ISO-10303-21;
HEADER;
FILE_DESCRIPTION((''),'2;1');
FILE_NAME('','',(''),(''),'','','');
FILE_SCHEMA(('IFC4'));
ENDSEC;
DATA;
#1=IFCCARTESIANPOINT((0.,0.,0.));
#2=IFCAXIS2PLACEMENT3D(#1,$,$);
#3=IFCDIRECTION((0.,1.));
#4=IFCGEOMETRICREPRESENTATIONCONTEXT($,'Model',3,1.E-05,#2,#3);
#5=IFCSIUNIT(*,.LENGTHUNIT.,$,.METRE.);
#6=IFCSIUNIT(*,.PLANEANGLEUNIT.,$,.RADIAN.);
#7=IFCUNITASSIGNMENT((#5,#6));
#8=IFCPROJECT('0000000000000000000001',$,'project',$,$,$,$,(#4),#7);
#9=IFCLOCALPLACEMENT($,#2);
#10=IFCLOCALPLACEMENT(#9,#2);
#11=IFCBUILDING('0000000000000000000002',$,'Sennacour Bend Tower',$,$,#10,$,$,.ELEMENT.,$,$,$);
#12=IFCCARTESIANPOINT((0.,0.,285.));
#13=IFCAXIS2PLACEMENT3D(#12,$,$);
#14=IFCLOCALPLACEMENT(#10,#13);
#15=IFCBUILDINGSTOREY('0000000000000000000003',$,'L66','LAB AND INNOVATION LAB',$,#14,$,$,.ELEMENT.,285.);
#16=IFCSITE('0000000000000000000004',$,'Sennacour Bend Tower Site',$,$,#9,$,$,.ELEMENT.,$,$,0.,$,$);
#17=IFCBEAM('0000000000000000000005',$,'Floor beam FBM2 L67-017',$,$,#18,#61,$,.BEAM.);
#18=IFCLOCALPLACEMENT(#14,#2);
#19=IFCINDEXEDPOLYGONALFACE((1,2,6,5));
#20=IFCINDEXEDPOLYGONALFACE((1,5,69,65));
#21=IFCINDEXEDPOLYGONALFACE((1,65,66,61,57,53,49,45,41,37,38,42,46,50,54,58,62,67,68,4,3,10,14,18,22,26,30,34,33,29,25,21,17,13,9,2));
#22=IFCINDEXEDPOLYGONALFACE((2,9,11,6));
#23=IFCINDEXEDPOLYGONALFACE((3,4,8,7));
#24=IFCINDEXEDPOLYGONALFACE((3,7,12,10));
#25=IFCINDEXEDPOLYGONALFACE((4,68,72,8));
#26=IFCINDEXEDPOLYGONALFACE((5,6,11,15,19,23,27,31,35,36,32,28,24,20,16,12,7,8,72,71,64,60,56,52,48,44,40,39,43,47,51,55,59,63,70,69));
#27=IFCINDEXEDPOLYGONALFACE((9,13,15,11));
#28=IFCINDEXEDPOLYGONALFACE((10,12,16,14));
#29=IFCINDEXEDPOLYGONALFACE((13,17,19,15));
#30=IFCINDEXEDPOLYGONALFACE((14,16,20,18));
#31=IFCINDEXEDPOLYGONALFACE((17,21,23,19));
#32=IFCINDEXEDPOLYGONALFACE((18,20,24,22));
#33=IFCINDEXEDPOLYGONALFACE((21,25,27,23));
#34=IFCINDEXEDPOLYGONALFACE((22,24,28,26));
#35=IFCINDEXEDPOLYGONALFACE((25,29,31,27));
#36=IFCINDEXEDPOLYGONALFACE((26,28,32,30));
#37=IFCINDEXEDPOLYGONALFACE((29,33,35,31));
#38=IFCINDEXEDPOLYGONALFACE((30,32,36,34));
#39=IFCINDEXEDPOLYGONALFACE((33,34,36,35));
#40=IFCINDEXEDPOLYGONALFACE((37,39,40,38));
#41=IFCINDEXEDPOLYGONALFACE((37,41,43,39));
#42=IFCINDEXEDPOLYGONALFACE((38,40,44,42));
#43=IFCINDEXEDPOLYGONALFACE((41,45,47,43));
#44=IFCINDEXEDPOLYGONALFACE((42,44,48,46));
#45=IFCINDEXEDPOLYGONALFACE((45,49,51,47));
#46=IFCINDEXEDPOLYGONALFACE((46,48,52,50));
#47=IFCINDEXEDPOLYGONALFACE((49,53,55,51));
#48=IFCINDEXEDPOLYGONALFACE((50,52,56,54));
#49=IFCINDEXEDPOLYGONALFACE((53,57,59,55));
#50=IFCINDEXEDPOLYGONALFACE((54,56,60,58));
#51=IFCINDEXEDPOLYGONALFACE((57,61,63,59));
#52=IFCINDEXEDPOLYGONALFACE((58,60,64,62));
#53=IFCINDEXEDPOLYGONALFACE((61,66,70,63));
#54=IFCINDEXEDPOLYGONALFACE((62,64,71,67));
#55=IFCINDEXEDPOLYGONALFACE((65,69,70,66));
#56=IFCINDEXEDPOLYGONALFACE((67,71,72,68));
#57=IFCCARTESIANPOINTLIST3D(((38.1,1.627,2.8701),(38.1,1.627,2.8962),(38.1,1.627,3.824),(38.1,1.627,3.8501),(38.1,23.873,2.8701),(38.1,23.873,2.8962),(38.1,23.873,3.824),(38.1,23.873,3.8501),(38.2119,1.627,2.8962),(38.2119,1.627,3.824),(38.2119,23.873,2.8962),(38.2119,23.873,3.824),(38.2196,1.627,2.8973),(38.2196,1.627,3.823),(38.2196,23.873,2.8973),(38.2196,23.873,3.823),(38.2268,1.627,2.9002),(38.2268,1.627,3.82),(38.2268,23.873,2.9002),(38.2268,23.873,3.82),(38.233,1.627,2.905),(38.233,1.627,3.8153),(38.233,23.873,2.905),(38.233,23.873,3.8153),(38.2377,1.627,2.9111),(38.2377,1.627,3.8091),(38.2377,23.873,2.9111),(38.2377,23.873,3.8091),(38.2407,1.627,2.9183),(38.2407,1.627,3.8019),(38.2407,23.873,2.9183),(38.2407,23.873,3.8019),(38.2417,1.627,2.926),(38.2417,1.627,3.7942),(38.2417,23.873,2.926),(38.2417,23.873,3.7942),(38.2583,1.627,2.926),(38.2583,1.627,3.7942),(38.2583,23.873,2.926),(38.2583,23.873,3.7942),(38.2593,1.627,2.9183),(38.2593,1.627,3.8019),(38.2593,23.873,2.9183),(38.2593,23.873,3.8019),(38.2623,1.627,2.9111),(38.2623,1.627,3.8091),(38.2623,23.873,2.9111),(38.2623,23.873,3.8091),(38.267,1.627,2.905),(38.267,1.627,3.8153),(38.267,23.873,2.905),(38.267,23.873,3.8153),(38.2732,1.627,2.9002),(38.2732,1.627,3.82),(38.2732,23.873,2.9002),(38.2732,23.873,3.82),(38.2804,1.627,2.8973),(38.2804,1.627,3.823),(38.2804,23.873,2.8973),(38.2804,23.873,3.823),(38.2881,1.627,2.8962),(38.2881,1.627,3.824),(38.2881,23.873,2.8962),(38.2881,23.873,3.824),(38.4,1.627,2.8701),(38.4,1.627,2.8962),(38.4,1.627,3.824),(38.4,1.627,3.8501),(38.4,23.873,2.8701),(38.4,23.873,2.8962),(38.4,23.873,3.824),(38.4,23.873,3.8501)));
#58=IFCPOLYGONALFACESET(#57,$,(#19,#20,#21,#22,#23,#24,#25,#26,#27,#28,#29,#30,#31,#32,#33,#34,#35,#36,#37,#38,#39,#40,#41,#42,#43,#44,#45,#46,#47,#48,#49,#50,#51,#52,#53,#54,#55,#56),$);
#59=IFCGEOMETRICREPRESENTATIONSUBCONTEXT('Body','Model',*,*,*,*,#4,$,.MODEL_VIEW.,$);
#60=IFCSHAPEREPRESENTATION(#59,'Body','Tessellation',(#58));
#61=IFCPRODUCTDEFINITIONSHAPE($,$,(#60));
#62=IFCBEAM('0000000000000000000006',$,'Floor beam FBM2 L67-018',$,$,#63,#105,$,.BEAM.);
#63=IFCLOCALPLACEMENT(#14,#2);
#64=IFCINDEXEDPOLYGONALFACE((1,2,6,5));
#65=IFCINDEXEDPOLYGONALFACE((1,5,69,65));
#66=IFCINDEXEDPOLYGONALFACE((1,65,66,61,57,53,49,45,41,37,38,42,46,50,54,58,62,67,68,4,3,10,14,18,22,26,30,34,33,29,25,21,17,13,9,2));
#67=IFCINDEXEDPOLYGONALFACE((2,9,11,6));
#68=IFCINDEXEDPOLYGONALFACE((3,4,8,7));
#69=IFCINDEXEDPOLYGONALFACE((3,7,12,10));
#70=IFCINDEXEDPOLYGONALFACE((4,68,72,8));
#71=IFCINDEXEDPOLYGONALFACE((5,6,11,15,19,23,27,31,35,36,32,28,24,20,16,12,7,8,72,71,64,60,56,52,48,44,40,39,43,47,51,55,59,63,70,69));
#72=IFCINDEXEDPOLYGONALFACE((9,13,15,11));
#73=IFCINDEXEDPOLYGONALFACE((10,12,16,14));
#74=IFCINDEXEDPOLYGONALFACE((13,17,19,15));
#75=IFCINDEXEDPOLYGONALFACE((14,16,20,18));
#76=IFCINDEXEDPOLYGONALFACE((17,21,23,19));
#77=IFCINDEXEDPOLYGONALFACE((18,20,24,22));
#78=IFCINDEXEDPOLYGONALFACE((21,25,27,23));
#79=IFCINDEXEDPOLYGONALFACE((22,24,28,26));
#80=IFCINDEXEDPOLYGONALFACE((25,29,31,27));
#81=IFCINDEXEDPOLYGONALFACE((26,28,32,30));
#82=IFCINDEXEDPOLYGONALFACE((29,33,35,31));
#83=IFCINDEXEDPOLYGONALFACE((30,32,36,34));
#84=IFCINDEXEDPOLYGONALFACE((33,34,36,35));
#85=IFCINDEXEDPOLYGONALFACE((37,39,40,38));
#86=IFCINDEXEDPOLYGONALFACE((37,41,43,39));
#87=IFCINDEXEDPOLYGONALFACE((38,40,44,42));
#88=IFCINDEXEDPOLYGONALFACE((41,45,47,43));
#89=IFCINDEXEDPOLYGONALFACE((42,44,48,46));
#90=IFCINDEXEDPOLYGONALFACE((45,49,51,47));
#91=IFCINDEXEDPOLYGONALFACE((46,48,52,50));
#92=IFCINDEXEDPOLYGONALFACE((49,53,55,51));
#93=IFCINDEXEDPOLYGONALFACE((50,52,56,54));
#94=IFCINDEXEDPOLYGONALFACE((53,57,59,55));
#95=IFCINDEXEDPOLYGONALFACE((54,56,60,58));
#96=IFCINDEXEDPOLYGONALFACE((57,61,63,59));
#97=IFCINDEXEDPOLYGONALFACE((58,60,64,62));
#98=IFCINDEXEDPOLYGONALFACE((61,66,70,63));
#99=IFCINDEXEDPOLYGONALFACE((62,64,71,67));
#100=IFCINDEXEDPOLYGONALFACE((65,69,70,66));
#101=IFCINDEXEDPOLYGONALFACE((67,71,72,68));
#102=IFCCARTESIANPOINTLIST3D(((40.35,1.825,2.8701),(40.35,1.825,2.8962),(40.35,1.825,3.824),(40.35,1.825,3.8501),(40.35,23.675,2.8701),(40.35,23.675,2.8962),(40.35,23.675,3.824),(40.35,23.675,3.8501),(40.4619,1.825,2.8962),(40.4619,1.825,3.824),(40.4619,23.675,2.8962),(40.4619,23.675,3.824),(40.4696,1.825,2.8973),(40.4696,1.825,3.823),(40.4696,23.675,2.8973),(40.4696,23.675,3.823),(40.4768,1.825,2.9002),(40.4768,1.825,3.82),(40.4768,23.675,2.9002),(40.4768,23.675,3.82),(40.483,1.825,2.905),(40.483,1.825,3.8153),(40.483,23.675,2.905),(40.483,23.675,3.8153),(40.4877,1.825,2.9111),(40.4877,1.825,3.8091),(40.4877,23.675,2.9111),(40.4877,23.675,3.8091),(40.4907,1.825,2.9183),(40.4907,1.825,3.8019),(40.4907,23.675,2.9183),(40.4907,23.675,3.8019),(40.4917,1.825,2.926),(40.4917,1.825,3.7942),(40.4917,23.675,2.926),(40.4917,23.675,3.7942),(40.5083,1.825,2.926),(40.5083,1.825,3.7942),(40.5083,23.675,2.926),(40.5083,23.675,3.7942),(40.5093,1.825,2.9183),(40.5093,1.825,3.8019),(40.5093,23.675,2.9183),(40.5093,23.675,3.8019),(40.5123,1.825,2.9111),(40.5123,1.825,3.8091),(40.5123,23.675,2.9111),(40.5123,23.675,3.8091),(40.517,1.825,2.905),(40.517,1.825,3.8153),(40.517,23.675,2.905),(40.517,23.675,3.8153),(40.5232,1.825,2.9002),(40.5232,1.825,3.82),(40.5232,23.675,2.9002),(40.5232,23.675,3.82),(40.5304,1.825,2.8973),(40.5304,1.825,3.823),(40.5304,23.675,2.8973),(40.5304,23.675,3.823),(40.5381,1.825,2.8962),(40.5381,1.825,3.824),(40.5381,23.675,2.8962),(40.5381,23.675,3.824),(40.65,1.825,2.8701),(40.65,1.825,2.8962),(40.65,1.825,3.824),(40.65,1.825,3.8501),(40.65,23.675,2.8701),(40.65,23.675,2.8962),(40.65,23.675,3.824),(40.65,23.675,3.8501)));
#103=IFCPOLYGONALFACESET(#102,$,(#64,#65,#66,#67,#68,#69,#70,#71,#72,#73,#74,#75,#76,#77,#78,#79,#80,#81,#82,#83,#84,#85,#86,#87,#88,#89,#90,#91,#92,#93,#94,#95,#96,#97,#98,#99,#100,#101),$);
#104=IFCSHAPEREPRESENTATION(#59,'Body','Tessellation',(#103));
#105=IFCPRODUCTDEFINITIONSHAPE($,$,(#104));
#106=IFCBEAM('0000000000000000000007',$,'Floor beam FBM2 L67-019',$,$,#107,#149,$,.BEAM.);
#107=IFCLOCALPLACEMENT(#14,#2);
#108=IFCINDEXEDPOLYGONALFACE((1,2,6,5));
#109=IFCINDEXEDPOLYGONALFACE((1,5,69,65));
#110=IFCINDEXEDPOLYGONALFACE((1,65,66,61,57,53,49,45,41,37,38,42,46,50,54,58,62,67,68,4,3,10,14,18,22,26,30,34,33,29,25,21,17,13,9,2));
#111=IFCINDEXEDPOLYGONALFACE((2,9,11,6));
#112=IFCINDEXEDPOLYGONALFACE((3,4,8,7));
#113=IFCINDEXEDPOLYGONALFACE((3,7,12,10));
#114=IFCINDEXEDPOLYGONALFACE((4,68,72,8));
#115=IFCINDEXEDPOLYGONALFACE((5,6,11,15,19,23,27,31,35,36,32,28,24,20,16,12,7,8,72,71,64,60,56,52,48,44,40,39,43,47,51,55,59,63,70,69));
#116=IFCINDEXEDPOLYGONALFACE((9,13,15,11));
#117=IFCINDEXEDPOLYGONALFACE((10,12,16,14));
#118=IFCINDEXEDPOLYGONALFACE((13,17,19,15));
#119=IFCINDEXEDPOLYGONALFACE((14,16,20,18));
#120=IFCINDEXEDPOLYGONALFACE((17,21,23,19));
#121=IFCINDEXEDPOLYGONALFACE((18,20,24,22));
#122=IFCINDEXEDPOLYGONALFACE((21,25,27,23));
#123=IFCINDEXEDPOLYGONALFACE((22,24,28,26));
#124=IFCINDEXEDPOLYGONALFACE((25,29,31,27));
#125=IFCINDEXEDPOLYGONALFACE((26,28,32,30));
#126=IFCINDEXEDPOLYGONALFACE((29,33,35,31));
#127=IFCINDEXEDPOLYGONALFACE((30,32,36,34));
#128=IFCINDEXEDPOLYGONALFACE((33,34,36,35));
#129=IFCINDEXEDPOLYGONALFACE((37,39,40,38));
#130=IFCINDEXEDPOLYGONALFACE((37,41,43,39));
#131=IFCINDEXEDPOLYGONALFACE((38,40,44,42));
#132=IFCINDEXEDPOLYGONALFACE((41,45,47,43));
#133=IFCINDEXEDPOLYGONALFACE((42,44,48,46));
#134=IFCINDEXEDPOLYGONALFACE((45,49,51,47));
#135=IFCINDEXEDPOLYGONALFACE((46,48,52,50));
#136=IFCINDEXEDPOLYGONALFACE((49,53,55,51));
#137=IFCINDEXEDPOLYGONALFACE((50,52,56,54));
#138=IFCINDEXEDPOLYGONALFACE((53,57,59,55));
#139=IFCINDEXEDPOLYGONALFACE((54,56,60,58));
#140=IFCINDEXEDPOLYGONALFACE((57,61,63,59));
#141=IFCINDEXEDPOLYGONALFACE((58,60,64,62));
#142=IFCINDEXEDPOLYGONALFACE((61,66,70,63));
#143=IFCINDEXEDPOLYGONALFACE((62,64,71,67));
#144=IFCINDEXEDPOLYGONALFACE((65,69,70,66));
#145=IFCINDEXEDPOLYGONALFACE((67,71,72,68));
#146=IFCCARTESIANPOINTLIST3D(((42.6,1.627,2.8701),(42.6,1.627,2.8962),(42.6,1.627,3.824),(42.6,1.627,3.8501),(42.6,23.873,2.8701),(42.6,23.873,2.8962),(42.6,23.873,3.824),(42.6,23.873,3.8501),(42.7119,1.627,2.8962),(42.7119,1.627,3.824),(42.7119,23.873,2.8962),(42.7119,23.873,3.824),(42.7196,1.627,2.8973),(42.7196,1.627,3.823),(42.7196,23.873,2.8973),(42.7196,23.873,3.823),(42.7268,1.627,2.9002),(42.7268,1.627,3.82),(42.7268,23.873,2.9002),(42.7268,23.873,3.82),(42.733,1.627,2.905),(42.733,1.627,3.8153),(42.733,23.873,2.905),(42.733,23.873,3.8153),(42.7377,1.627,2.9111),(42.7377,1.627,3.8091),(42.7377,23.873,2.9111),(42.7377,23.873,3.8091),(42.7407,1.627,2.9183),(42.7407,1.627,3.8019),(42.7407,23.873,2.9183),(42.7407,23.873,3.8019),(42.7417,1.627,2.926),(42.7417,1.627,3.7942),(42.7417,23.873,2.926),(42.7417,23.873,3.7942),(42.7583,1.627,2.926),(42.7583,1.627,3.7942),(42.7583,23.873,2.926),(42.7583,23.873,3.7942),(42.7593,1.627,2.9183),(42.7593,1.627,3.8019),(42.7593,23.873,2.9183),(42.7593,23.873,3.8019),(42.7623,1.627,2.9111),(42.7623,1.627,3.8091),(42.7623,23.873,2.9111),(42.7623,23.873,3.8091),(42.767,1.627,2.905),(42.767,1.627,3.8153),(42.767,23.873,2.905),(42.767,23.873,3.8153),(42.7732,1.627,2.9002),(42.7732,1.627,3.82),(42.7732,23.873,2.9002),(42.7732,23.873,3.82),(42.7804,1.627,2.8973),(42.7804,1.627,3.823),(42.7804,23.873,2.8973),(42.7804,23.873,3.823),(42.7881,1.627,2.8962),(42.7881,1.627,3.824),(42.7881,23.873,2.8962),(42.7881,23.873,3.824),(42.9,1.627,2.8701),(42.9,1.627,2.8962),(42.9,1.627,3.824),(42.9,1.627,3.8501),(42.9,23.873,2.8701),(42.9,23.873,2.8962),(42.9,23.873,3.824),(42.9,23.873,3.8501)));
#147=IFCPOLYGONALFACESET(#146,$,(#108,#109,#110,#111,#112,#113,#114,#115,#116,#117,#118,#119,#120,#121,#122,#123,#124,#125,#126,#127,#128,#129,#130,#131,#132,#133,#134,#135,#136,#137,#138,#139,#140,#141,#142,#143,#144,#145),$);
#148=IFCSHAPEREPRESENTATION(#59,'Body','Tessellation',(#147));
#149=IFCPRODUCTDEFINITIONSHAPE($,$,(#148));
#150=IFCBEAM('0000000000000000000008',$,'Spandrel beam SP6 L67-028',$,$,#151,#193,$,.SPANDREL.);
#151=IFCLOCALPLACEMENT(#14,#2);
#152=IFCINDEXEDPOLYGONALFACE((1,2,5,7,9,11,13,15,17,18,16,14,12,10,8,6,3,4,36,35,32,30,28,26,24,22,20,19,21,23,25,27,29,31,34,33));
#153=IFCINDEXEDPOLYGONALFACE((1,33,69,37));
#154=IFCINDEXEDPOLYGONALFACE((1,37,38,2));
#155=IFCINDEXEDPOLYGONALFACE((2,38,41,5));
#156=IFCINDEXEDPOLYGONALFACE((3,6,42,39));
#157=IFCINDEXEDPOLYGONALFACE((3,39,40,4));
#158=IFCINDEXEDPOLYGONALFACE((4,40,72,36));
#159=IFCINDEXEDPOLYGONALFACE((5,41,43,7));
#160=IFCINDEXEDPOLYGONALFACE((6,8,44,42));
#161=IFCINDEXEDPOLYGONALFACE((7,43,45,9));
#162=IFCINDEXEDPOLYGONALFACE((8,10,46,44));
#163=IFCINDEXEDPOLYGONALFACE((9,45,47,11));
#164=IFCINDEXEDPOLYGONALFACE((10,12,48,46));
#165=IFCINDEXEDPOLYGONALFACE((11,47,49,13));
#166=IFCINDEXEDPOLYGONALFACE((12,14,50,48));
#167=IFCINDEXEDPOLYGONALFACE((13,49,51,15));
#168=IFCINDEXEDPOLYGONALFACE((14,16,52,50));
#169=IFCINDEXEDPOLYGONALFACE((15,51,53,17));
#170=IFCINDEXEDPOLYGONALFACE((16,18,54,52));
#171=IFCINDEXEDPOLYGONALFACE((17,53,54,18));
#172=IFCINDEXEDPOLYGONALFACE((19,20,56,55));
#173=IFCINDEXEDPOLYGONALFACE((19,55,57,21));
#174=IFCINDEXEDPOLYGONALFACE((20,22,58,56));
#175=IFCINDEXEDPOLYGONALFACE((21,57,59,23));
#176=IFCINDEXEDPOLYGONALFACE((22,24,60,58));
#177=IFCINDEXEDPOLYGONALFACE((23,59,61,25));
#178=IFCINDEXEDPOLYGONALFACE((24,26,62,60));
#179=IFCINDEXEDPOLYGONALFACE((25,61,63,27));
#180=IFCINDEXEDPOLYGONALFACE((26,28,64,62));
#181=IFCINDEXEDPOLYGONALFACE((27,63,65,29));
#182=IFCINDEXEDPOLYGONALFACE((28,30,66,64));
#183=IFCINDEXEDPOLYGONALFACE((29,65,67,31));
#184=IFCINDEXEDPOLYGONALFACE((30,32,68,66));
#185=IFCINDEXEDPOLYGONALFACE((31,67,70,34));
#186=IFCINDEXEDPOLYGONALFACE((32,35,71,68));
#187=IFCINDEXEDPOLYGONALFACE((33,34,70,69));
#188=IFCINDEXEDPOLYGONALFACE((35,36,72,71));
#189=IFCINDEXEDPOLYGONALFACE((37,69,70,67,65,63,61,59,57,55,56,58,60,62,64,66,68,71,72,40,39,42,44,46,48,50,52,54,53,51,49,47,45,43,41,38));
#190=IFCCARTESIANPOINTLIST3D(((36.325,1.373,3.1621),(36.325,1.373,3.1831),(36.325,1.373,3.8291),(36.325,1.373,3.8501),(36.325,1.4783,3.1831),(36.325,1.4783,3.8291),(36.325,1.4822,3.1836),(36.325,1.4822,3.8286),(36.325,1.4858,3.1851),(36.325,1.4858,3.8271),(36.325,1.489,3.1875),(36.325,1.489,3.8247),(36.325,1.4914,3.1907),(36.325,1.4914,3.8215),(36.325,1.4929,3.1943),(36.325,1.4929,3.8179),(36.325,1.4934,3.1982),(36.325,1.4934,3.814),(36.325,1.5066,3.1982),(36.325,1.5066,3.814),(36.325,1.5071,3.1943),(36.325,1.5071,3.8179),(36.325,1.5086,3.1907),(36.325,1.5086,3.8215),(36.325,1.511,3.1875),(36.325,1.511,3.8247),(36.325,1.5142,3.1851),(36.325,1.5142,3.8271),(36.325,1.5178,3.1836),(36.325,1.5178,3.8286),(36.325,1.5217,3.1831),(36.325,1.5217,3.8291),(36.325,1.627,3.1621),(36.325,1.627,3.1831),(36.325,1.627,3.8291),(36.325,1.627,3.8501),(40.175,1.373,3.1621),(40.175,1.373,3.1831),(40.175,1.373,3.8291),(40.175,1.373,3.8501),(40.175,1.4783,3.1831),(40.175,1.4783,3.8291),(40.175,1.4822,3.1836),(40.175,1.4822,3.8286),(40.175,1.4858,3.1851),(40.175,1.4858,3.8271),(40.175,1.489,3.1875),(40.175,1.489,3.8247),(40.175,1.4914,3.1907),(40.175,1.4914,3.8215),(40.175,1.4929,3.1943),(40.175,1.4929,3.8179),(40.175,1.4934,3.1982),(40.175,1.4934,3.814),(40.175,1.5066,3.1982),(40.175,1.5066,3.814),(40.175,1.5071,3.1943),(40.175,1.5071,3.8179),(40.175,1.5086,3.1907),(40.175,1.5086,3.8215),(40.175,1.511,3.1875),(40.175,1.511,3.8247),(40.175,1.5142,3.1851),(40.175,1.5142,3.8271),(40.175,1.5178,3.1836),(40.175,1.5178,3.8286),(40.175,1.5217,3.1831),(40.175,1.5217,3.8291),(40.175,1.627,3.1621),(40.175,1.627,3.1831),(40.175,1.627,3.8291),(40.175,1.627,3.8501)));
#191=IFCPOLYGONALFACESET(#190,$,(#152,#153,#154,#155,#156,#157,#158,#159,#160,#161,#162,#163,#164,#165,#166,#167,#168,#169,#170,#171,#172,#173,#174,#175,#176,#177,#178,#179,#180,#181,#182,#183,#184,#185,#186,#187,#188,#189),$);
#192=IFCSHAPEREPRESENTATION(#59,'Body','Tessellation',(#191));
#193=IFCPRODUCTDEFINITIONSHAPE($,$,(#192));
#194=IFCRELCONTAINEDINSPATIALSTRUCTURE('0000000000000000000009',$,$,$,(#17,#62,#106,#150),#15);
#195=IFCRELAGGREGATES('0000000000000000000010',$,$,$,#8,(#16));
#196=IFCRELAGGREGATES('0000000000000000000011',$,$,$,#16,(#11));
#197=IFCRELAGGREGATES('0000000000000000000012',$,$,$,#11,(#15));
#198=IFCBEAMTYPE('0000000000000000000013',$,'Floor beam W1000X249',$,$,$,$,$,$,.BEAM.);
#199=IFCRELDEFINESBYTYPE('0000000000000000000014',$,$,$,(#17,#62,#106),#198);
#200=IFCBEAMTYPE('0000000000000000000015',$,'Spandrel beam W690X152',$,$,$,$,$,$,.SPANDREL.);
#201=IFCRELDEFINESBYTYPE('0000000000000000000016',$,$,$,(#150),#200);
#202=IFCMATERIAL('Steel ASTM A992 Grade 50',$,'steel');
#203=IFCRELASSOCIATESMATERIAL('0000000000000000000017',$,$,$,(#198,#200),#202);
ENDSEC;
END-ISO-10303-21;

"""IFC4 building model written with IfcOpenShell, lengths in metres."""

from ifc_helpers import new_model, si_unit, direction, frame, origin, origin_2d, place, context, subcontext, project, spatial, i_section, extrude, material, material_profile, profile_set, type_object, element, save


model = new_model("IFC4")

# Units and contexts
model_context = context("Model", 3, precision=1e-05, world=origin(), true_north=direction((0.0, 1.0)))
body_context = subcontext(model_context, "Body", "Model", "MODEL_VIEW")
ifc_project = project(units=[si_unit("LENGTHUNIT", "METRE"), si_unit("PLANEANGLEUNIT", "RADIAN")], contexts=[model_context])

# Site, building, storey
site_placement = place(None, origin())
site = spatial("IfcSite", under=ifc_project, at=site_placement, Name="Sennacour Bend Tower Site", CompositionType="ELEMENT", RefElevation=0.0)
building_placement = place(site_placement, origin())
building = spatial("IfcBuilding", under=site, at=building_placement, Name="Sennacour Bend Tower", CompositionType="ELEMENT")
storey_placement = place(building_placement, frame((0.0, 0.0, 285.0)))
storey = spatial("IfcBuildingStorey", under=building, at=storey_placement, Name="L66", Description="LAB AND INNOVATION LAB", CompositionType="ELEMENT", Elevation=285.0)

# Beams
ifc_material_1 = material(Name="Steel ASTM A992 Grade 50", Category="steel")
ifc_material_profile_1 = material_profile(ifc_material_1, i_section(OverallWidth=0.3, OverallDepth=0.98, WebThickness=0.0166, FlangeThickness=0.0261, FilletRadius=0.0298, at=origin_2d()), Name="Steel ASTM A992 Grade 50", Category="steel")
ifc_profile_set_1 = profile_set([ifc_material_profile_1], Name="Steel ASTM A992 Grade 50")
beam_type_1 = type_object("IfcBeamType", Name="Floor beam W1000X249", PredefinedType="BEAM", material=ifc_profile_set_1)
beam_1_placement = place(storey_placement, frame((38.25, 1.627, 3.3601), z_axis=(0.0, 1.0, 0.0), x_axis=(-1.0, 0.0, 0.0)))
element("IfcBeam", 1, at=beam_1_placement, inside=storey, type_object=beam_type_1, Name="Floor beam FBM2 L67-017", PredefinedType="BEAM", context=body_context, shape_type="SweptSolid", body=[
    extrude(i_section(OverallWidth=0.3, OverallDepth=0.98, WebThickness=0.0166, FlangeThickness=0.0261, FilletRadius=0.0298, at=origin_2d()), origin(), (0.0, 0.0, 1.0), 22.2461),
])
beam_2_placement = place(storey_placement, frame((40.5, 1.825, 3.3601), z_axis=(0.0, 1.0, 0.0), x_axis=(-1.0, 0.0, 0.0)))
element("IfcBeam", 2, at=beam_2_placement, inside=storey, type_object=beam_type_1, Name="Floor beam FBM2 L67-018", PredefinedType="BEAM", context=body_context, shape_type="SweptSolid", body=[
    extrude(i_section(OverallWidth=0.3, OverallDepth=0.98, WebThickness=0.0166, FlangeThickness=0.0261, FilletRadius=0.0298, at=origin_2d()), origin(), (0.0, 0.0, 1.0), 21.8501),
])
beam_3_placement = place(storey_placement, frame((42.75, 1.627, 3.3601), z_axis=(0.0, 1.0, 0.0), x_axis=(-1.0, 0.0, 0.0)))
element("IfcBeam", 3, at=beam_3_placement, inside=storey, type_object=beam_type_1, Name="Floor beam FBM2 L67-019", PredefinedType="BEAM", context=body_context, shape_type="SweptSolid", body=[
    extrude(i_section(OverallWidth=0.3, OverallDepth=0.98, WebThickness=0.0166, FlangeThickness=0.0261, FilletRadius=0.0298, at=origin_2d()), origin(), (0.0, 0.0, 1.0), 22.2461),
])
ifc_material_profile_2 = material_profile(ifc_material_1, i_section(OverallWidth=0.2539, OverallDepth=0.688, WebThickness=0.0132, FlangeThickness=0.021, FilletRadius=0.0151, at=origin_2d()), Name="Steel ASTM A992 Grade 50", Category="steel")
ifc_profile_set_2 = profile_set([ifc_material_profile_2], Name="Steel ASTM A992 Grade 50")
beam_type_2 = type_object("IfcBeamType", Name="Spandrel beam W690X152", PredefinedType="SPANDREL", material=ifc_profile_set_2)
for number, where, z_axis, x_axis, name in (
    (4, (40.175, 1.5, 3.5061), (-1.0, 0.0, 0.0), (0.0, -1.0, 0.0), "Spandrel beam SP6 L67-028"),
):
    element("IfcBeam", number, at=place(storey_placement, frame(where, z_axis=z_axis, x_axis=x_axis)), inside=storey, type_object=beam_type_2, Name=name, PredefinedType="SPANDREL", context=body_context, shape_type="SweptSolid", body=[
        extrude(i_section(OverallWidth=0.2539, OverallDepth=0.688, WebThickness=0.0132, FlangeThickness=0.021, FilletRadius=0.0151, at=origin_2d()), origin(), (0.0, 0.0, 1.0), 3.8501),
    ])

save(model, "model.ifc")
